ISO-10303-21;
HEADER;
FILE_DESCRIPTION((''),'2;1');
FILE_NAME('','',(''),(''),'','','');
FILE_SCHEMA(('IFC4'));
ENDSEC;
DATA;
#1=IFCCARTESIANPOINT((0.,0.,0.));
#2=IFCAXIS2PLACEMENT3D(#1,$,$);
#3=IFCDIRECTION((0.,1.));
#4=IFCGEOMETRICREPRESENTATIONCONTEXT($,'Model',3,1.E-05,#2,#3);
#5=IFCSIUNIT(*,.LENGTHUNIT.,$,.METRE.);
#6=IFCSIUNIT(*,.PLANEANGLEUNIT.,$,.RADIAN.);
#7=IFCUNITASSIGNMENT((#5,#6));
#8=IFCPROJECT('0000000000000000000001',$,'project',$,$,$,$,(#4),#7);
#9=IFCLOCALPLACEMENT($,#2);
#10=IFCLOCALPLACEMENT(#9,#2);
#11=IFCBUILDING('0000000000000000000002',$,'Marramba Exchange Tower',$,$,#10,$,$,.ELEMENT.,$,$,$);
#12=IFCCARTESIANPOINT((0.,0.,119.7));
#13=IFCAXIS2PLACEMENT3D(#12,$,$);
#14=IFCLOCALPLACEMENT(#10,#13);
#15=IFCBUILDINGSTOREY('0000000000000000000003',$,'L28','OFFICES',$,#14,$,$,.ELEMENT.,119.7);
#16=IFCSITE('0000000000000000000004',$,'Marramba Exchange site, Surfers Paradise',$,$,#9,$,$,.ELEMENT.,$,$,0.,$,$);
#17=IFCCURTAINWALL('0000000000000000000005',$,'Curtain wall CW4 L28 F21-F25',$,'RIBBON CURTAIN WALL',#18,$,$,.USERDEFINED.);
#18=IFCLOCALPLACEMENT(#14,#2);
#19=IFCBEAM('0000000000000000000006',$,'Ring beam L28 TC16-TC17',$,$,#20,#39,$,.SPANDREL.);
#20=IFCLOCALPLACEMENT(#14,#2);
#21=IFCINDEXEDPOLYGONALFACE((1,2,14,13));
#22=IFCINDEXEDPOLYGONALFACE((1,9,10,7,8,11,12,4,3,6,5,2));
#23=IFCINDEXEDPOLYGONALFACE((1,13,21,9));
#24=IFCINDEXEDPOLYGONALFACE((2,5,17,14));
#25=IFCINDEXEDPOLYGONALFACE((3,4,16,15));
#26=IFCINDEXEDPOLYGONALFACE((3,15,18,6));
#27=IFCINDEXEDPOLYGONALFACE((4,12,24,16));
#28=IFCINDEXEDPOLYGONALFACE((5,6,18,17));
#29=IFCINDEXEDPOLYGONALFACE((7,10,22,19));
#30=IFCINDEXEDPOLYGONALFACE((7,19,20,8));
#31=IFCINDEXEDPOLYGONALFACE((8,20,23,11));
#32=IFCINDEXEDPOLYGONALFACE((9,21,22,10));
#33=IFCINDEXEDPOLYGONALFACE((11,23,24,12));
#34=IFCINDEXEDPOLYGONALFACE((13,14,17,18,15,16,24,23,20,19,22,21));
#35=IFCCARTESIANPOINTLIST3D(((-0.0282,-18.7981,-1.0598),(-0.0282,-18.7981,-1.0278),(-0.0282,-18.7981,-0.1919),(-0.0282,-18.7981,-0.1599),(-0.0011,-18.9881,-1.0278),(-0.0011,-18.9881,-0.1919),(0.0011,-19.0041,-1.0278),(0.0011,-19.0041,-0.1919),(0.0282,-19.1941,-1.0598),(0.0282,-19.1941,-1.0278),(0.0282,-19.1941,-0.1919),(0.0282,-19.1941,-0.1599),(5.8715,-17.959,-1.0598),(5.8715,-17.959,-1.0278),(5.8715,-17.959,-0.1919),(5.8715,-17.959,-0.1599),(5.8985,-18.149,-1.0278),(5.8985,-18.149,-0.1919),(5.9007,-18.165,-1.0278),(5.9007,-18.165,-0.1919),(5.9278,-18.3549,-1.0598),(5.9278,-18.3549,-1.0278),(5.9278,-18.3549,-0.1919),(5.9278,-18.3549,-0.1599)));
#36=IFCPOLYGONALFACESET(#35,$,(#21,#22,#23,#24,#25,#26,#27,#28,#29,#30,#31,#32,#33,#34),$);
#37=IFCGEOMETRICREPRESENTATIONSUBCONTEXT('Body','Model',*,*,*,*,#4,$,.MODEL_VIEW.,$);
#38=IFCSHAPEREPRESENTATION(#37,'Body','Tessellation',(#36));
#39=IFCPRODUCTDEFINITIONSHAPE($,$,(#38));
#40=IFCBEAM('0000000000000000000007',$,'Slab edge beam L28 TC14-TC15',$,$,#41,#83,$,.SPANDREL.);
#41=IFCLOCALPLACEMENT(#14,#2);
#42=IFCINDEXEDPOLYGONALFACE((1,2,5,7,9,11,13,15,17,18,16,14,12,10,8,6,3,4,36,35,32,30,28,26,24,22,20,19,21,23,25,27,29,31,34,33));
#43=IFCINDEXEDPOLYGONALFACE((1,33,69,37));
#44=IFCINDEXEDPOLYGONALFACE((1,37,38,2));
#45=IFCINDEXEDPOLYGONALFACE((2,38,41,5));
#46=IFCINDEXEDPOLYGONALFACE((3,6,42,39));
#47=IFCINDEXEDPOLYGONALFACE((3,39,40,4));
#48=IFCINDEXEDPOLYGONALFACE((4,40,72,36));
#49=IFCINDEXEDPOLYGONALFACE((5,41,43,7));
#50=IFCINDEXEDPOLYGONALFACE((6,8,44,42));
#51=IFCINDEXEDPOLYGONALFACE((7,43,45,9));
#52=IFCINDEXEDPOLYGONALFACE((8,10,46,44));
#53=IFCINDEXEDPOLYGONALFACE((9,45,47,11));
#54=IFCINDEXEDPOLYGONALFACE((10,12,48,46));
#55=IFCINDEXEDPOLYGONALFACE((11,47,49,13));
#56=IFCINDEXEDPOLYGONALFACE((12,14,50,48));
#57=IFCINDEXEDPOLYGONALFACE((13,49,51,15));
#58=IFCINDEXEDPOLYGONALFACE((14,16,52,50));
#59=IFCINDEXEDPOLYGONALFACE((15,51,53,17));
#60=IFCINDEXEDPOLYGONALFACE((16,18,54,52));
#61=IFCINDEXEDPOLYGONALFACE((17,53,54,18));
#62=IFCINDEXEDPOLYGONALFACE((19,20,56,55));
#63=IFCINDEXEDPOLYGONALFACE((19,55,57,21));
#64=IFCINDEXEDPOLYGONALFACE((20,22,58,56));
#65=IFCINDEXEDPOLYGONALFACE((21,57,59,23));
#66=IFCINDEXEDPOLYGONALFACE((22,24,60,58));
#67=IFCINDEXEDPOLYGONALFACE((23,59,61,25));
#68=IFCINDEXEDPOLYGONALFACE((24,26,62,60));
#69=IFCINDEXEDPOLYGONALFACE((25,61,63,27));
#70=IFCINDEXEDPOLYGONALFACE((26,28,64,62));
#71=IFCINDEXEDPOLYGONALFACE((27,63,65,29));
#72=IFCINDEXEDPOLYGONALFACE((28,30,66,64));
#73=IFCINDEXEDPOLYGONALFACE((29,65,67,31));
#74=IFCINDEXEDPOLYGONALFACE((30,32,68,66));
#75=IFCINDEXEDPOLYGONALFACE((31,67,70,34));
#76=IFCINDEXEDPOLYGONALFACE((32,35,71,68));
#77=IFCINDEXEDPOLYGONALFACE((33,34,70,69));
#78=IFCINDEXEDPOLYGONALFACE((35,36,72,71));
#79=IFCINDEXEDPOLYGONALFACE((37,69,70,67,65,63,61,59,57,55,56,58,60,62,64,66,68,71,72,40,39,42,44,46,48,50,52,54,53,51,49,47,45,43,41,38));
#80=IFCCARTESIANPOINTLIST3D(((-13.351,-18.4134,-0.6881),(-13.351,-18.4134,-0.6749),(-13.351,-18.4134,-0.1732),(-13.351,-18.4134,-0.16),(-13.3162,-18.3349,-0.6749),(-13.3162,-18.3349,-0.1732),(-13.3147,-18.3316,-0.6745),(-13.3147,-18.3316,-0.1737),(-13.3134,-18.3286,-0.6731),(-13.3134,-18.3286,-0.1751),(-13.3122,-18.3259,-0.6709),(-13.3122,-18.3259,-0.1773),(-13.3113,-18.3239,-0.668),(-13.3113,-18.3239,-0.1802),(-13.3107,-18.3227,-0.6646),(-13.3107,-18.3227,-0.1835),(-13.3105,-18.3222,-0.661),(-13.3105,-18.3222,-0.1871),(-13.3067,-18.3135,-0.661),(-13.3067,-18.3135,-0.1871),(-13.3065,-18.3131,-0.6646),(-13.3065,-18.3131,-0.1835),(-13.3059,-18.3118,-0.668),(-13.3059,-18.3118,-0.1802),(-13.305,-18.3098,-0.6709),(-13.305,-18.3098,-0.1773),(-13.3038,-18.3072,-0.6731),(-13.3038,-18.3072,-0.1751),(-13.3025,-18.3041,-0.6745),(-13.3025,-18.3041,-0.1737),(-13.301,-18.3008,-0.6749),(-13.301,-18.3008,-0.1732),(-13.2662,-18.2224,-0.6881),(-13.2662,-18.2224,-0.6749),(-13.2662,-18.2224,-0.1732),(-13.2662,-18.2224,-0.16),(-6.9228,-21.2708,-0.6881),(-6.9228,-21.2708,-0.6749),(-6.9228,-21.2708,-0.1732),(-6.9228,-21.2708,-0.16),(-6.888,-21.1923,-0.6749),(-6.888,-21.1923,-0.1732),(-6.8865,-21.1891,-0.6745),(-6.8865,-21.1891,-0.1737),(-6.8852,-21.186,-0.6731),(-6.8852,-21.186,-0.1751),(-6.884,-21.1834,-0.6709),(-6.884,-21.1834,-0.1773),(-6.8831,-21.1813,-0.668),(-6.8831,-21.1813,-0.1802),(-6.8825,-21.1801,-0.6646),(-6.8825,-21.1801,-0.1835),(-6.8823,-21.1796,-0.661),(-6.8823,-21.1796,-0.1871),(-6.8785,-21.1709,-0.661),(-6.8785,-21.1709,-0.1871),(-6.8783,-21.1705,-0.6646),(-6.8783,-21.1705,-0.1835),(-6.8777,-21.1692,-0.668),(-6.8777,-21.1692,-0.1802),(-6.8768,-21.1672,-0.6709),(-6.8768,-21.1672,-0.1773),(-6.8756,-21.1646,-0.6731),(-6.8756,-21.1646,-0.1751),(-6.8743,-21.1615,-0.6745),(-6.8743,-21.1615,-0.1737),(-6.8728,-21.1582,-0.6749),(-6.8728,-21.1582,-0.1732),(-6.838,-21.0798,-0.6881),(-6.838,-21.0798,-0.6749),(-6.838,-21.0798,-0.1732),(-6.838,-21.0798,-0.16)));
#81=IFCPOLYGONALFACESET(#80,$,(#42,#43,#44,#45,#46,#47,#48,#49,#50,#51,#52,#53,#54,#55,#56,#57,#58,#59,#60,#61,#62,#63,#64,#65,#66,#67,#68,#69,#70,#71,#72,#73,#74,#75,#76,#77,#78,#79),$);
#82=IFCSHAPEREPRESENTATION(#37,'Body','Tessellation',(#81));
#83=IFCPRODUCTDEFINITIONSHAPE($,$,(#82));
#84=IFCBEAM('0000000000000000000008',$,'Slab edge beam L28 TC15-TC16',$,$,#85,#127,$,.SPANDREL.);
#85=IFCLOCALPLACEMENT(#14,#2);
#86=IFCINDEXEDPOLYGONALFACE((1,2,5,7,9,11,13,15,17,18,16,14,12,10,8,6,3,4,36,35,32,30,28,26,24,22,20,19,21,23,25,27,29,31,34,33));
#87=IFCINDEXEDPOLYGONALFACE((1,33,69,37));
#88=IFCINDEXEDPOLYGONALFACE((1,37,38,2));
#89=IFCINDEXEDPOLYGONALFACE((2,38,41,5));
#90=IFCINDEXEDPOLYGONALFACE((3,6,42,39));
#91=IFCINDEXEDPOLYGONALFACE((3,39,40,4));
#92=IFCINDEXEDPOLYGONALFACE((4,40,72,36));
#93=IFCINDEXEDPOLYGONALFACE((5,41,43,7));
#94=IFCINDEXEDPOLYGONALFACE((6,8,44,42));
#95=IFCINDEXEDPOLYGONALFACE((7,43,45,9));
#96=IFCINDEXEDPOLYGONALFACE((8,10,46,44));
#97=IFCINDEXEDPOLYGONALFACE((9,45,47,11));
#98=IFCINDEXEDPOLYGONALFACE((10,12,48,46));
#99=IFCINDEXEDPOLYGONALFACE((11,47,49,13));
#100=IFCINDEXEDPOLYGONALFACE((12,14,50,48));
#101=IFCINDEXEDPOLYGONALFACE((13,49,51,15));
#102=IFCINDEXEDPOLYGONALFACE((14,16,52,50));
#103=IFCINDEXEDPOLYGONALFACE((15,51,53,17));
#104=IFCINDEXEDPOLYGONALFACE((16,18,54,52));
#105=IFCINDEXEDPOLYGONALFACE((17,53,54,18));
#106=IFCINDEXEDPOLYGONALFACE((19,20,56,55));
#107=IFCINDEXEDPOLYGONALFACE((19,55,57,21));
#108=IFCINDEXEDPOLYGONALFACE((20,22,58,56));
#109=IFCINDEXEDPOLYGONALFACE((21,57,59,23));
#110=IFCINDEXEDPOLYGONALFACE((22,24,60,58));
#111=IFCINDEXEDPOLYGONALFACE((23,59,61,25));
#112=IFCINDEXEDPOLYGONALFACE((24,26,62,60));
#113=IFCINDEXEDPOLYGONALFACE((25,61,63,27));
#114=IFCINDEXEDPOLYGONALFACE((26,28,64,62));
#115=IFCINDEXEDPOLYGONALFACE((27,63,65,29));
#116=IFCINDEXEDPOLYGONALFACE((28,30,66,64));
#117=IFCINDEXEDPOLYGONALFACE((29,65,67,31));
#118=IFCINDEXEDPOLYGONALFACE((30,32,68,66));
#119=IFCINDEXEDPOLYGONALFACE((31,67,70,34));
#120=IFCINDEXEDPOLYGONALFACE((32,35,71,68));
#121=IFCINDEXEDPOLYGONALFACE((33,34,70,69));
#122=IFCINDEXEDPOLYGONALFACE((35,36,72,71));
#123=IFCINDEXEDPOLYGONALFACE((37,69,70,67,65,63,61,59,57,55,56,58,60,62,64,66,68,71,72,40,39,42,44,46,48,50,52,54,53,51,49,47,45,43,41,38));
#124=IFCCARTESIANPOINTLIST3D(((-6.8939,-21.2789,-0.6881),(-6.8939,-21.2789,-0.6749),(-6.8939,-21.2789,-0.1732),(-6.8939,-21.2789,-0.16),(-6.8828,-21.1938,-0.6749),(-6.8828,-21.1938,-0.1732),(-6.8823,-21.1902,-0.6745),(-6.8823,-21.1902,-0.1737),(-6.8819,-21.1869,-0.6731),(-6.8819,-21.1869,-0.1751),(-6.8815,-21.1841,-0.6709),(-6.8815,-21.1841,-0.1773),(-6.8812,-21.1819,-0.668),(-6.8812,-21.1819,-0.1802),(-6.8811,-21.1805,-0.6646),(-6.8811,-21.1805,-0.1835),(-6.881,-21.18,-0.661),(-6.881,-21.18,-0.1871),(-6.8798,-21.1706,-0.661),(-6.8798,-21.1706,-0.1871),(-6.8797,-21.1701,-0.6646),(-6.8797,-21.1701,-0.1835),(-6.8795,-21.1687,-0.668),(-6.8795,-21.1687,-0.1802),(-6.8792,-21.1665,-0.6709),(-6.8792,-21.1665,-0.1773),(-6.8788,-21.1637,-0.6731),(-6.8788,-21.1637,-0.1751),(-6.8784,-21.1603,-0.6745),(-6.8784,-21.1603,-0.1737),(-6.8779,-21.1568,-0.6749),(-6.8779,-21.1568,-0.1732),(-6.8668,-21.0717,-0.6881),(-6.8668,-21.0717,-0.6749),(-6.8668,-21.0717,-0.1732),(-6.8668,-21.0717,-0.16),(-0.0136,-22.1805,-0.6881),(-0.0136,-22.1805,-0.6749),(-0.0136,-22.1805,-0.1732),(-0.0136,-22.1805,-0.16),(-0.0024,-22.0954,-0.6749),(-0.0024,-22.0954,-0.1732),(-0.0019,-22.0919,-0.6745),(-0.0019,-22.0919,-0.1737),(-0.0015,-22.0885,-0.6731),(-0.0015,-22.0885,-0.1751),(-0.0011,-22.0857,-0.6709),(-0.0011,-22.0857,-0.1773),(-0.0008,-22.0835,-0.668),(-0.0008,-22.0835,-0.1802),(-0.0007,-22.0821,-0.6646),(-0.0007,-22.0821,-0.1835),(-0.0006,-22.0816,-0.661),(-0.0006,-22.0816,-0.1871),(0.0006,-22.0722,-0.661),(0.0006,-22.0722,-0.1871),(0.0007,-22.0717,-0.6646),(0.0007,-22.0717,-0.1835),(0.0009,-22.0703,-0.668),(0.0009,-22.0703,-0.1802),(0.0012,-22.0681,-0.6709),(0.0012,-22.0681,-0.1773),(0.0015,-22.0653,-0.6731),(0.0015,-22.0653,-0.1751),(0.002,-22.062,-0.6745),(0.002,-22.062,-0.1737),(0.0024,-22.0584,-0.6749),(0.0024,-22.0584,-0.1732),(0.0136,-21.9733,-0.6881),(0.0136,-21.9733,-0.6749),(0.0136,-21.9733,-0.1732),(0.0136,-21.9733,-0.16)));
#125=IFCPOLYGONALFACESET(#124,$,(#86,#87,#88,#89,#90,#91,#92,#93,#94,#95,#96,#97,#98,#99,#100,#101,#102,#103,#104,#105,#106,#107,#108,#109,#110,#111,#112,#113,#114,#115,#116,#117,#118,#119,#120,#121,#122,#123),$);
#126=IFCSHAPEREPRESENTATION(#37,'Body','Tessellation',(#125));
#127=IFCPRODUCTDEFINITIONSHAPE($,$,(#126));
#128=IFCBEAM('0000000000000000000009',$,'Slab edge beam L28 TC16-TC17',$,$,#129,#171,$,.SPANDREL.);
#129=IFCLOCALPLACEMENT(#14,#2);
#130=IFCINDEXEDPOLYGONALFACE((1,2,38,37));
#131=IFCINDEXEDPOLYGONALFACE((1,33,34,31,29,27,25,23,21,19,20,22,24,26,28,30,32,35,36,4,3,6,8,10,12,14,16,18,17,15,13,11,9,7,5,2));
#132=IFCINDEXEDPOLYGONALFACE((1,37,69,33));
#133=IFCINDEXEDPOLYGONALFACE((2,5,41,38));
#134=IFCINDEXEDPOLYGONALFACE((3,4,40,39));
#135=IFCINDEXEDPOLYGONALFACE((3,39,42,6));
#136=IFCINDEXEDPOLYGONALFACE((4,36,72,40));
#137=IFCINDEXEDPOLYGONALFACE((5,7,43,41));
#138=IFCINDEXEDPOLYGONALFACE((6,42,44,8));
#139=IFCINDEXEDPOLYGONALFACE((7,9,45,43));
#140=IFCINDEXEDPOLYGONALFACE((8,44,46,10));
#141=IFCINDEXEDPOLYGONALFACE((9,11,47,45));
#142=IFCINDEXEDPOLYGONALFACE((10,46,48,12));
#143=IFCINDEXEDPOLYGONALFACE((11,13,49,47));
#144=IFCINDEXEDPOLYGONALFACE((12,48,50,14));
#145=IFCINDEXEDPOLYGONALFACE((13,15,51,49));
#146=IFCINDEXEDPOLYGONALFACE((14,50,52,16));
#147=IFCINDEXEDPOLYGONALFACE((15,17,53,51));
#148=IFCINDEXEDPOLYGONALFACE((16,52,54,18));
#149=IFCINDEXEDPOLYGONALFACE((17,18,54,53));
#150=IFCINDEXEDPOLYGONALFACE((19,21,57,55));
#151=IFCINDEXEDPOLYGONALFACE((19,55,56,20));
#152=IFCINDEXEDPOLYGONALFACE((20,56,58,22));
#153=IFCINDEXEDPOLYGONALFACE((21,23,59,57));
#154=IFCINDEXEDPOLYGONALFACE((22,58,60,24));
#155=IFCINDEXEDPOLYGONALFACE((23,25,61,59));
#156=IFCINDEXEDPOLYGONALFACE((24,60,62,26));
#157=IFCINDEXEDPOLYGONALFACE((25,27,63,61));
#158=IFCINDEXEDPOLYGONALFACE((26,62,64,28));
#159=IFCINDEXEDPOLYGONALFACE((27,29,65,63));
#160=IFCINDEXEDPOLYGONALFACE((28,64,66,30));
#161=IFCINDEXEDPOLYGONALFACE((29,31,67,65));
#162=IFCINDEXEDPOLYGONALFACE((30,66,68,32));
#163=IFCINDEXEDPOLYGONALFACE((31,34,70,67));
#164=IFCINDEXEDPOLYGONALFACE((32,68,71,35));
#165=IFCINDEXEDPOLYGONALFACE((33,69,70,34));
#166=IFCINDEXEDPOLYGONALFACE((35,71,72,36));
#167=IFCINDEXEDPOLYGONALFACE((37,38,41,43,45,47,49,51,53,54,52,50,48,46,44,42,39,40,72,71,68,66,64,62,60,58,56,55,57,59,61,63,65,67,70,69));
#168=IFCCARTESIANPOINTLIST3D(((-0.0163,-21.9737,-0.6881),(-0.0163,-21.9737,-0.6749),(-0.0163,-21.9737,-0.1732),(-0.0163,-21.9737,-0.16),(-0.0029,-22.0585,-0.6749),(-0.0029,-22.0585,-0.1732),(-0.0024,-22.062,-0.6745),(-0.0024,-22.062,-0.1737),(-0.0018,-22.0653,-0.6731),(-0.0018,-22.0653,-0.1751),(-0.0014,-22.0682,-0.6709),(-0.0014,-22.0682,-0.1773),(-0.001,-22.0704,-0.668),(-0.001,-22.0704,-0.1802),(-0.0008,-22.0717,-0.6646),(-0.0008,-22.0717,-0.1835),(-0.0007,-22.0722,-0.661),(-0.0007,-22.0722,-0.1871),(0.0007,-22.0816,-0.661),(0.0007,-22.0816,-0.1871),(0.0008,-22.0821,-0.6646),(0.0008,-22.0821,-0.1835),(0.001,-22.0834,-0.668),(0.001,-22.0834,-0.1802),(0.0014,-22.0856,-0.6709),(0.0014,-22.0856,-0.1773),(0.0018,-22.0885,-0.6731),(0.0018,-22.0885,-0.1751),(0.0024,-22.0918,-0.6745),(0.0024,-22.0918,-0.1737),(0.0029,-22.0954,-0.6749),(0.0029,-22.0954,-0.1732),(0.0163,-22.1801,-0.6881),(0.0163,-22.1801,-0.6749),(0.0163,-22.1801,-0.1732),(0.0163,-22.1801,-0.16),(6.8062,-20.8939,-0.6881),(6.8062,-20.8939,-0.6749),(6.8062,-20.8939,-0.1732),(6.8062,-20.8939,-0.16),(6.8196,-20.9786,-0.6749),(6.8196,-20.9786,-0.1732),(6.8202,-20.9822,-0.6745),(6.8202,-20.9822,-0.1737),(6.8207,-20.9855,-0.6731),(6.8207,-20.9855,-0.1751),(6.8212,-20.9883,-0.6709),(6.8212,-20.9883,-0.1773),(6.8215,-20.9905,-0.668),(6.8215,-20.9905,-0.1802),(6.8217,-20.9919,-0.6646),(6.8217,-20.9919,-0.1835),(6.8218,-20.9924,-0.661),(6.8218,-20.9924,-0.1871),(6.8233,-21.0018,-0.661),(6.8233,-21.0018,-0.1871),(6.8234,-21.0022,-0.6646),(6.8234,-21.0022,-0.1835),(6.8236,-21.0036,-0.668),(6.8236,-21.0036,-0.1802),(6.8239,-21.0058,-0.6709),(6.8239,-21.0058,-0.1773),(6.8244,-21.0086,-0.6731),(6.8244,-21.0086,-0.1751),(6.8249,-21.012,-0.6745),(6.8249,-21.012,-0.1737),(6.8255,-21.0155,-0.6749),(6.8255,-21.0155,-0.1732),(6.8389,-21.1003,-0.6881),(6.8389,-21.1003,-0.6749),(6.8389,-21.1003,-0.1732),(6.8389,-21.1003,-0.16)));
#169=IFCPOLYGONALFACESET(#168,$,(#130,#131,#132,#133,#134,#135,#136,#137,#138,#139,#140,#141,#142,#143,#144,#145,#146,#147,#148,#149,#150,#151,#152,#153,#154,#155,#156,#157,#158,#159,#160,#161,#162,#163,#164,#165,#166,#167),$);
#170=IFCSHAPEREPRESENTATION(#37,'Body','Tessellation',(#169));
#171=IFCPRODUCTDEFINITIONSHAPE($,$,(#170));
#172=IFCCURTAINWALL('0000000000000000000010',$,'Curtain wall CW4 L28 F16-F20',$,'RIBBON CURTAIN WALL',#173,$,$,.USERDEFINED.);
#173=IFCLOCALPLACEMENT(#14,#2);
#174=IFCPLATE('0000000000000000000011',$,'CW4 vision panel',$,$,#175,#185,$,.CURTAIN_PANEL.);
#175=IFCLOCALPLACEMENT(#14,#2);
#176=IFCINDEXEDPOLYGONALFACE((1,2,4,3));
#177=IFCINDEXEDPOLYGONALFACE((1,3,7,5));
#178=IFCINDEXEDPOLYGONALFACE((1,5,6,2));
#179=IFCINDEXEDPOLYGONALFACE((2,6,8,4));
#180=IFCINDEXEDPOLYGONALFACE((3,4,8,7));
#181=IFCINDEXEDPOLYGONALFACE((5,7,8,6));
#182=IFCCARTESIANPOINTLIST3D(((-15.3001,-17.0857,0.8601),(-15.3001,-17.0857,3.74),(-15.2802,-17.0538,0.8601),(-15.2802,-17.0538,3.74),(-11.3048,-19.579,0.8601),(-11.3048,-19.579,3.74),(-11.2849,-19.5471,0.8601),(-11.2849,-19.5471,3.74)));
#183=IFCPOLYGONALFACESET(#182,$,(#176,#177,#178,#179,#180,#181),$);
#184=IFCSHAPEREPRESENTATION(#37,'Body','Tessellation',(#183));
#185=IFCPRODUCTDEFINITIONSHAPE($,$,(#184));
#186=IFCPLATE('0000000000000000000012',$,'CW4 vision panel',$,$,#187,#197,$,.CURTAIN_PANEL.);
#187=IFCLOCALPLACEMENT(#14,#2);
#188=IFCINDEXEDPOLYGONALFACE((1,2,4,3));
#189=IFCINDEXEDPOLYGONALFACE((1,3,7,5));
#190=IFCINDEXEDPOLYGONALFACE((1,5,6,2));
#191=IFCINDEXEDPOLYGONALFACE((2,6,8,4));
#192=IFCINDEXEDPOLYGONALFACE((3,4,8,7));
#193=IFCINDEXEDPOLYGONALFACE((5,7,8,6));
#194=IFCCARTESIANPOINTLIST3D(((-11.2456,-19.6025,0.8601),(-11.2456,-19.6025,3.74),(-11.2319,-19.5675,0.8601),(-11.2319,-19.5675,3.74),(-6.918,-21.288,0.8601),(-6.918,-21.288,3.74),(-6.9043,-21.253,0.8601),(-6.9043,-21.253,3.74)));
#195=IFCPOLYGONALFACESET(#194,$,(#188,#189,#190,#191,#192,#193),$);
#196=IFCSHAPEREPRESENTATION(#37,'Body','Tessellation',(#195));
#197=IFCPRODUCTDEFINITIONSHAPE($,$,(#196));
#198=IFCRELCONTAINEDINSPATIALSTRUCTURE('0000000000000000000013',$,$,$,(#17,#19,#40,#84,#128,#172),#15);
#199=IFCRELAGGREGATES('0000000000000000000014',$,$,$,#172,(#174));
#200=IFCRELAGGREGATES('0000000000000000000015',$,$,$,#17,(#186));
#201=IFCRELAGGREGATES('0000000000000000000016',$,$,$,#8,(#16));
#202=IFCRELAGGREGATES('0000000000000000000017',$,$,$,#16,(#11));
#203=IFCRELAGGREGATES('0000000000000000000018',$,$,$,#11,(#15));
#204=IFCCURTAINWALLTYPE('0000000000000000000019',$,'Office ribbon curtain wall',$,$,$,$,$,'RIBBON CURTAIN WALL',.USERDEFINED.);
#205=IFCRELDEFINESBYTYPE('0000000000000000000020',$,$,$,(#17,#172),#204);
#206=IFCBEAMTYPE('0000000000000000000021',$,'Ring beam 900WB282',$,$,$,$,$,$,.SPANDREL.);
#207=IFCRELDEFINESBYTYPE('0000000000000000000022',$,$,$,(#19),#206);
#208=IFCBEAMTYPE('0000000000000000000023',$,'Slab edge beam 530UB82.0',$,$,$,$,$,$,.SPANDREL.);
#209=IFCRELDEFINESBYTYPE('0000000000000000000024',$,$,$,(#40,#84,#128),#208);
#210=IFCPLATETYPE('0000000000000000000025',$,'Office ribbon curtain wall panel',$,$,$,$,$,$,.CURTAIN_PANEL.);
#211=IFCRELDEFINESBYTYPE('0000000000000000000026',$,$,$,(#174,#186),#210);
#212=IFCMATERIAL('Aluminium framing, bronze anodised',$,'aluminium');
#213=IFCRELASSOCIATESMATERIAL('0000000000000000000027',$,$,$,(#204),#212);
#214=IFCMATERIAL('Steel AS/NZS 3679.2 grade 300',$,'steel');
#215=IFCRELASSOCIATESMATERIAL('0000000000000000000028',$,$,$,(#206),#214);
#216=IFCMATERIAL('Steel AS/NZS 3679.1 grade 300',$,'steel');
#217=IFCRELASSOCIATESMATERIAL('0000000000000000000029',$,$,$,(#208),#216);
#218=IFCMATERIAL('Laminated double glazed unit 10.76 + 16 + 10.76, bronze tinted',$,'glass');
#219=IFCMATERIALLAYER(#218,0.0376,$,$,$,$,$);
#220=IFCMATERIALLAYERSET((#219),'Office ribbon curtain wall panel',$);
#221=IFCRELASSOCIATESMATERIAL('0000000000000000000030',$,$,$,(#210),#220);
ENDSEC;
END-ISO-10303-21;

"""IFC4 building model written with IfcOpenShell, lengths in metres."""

from ifc_helpers import new_model, si_unit, direction, frame, origin, origin_2d, place, context, subcontext, project, spatial, rectangle, i_section, extrude, material, layer, layer_set, material_profile, profile_set, type_object, element, aggregate, save


model = new_model("IFC4")

# Units and contexts
model_context = context("Model", 3, precision=1e-05, world=origin(), true_north=direction((0.0, 1.0)))
body_context = subcontext(model_context, "Body", "Model", "MODEL_VIEW")
ifc_project = project(units=[si_unit("LENGTHUNIT", "METRE"), si_unit("PLANEANGLEUNIT", "RADIAN")], contexts=[model_context])

# Site, building, storey
site_placement = place(None, origin())
site = spatial("IfcSite", under=ifc_project, at=site_placement, Name="Marramba Exchange site, Surfers Paradise", CompositionType="ELEMENT", RefElevation=0.0)
building_placement = place(site_placement, origin())
building = spatial("IfcBuilding", under=site, at=building_placement, Name="Marramba Exchange Tower", CompositionType="ELEMENT")
storey_placement = place(building_placement, frame((0.0, 0.0, 119.7)))
storey = spatial("IfcBuildingStorey", under=building, at=storey_placement, Name="L28", Description="OFFICES", CompositionType="ELEMENT", Elevation=119.7)

# Shared definitions
ifc_material_1 = material(Name="Steel AS/NZS 3679.2 grade 300", Category="steel")

# Curtain wall
ifc_material_2 = material(Name="Aluminium framing, bronze anodised", Category="aluminium")
curtain_wall_type = type_object("IfcCurtainWallType", Name="Office ribbon curtain wall", ElementType="RIBBON CURTAIN WALL", PredefinedType="USERDEFINED", material=ifc_material_2)
curtain_wall_1_placement = place(storey_placement, origin())
curtain_wall_1 = element("IfcCurtainWall", 1, at=curtain_wall_1_placement, inside=storey, type_object=curtain_wall_type, Name="Curtain wall CW4 L28 F21-F25", ObjectType="RIBBON CURTAIN WALL", PredefinedType="USERDEFINED")

# Beams
ifc_material_profile_1 = material_profile(ifc_material_1, i_section(OverallWidth=0.3999, OverallDepth=0.8999, WebThickness=0.0161, FlangeThickness=0.032, at=origin_2d()), Name="900WB282")
ifc_profile_set_1 = profile_set([ifc_material_profile_1], Name="Steel AS/NZS 3679.2 grade 300")
beam_type_1 = type_object("IfcBeamType", Name="Ring beam 900WB282", PredefinedType="SPANDREL", material=ifc_profile_set_1)
for number, where, z_axis, x_axis, name in (
    (2, (0.0, -18.9961, -0.6099), (0.990036, 0.140813, 0.0), (-0.140813, 0.990036, 0.0), "Ring beam L28 TC16-TC17"),
):
    element("IfcBeam", number, at=place(storey_placement, frame(where, z_axis=z_axis, x_axis=x_axis)), inside=storey, type_object=beam_type_1, Name=name, PredefinedType="SPANDREL", context=body_context, shape_type="SweptSolid", body=[
        extrude(i_section(OverallWidth=0.3999, OverallDepth=0.8999, WebThickness=0.0161, FlangeThickness=0.032, at=origin_2d()), origin(), (0.0, 0.0, 1.0), 5.959),
    ])
ifc_material_3 = material(Name="Steel AS/NZS 3679.1 grade 300", Category="steel")
ifc_material_profile_2 = material_profile(ifc_material_3, i_section(OverallWidth=0.209, OverallDepth=0.5281, WebThickness=0.0095, FlangeThickness=0.0132, FilletRadius=0.0139, at=origin_2d()), Name="530UB82.0")
ifc_profile_set_2 = profile_set([ifc_material_profile_2], Name="Steel AS/NZS 3679.1 grade 300")
beam_type_2 = type_object("IfcBeamType", Name="Slab edge beam 530UB82.0", PredefinedType="SPANDREL", material=ifc_profile_set_2)
beam_1_placement = place(storey_placement, frame((-13.3086, -18.3179, -0.4241), z_axis=(0.913789, -0.40619, 0.0), x_axis=(0.40619, 0.913789, 0.0)))
element("IfcBeam", 3, at=beam_1_placement, inside=storey, type_object=beam_type_2, Name="Slab edge beam L28 TC14-TC15", PredefinedType="SPANDREL", context=body_context, shape_type="SweptSolid", body=[
    extrude(i_section(OverallWidth=0.209, OverallDepth=0.5281, WebThickness=0.0095, FlangeThickness=0.0132, FilletRadius=0.0139, at=origin_2d()), origin(), (0.0, 0.0, 1.0), 7.0347),
])
beam_2_placement = place(storey_placement, frame((-6.8804, -21.1753, -0.4241), z_axis=(0.991523, -0.12993, 0.0), x_axis=(0.12993, 0.991523, 0.0)))
element("IfcBeam", 4, at=beam_2_placement, inside=storey, type_object=beam_type_2, Name="Slab edge beam L28 TC15-TC16", PredefinedType="SPANDREL", context=body_context, shape_type="SweptSolid", body=[
    extrude(i_section(OverallWidth=0.209, OverallDepth=0.5281, WebThickness=0.0095, FlangeThickness=0.0132, FilletRadius=0.0139, at=origin_2d()), origin(), (0.0, 0.0, 1.0), 6.9392),
])
beam_3_placement = place(storey_placement, frame((0.0, -22.0769, -0.4241), z_axis=(0.987705, 0.156329, 0.0), x_axis=(-0.156329, 0.987705, 0.0)))
element("IfcBeam", 5, at=beam_3_placement, inside=storey, type_object=beam_type_2, Name="Slab edge beam L28 TC16-TC17", PredefinedType="SPANDREL", context=body_context, shape_type="SweptSolid", body=[
    extrude(i_section(OverallWidth=0.209, OverallDepth=0.5281, WebThickness=0.0095, FlangeThickness=0.0132, FilletRadius=0.0139, at=origin_2d()), origin(), (0.0, 0.0, 1.0), 6.9075),
])

# Curtain wall, plate
curtain_wall_2_placement = place(storey_placement, origin())
curtain_wall_2 = element("IfcCurtainWall", 6, at=curtain_wall_2_placement, inside=storey, type_object=curtain_wall_type, Name="Curtain wall CW4 L28 F16-F20", ObjectType="RIBBON CURTAIN WALL", PredefinedType="USERDEFINED")
ifc_material_4 = material(Name="Laminated double glazed unit 10.76 + 16 + 10.76, bronze tinted", Category="glass")
ifc_layer_1 = layer(ifc_material_4, 0.0376)
ifc_layer_set_1 = layer_set([ifc_layer_1], Name="Office ribbon curtain wall panel")
plate_type = type_object("IfcPlateType", Name="Office ribbon curtain wall panel", PredefinedType="CURTAIN_PANEL", material=ifc_layer_set_1)
plate_1_placement = place(storey_placement, frame((-13.2925, -18.3164, 0.8601), z_axis=(0.0, 0.0, 1.0), x_axis=(0.848355, -0.529428, 0.0)))
plate_1 = element("IfcPlate", 7, at=plate_1_placement, type_object=plate_type, Name="CW4 vision panel", PredefinedType="CURTAIN_PANEL", context=body_context, shape_type="SweptSolid", body=[
    extrude(rectangle(XDim=4.7095, YDim=0.0376, at=origin_2d()), origin(), (0.0, 0.0, 1.0), 2.8799),
])
aggregate(curtain_wall_2, [plate_1])

# Plate
plate_2_placement = place(storey_placement, frame((-9.075, -20.4277, 0.8601), z_axis=(0.0, 0.0, 1.0), x_axis=(0.931818, -0.362925, 0.0)))
plate_2 = element("IfcPlate", 8, at=plate_2_placement, type_object=plate_type, Name="CW4 vision panel", PredefinedType="CURTAIN_PANEL", context=body_context, shape_type="SweptSolid", body=[
    extrude(rectangle(XDim=4.6443, YDim=0.0376, at=origin_2d()), origin(), (0.0, 0.0, 1.0), 2.8799),
])
aggregate(curtain_wall_1, [plate_2])

save(model, "model.ifc")
